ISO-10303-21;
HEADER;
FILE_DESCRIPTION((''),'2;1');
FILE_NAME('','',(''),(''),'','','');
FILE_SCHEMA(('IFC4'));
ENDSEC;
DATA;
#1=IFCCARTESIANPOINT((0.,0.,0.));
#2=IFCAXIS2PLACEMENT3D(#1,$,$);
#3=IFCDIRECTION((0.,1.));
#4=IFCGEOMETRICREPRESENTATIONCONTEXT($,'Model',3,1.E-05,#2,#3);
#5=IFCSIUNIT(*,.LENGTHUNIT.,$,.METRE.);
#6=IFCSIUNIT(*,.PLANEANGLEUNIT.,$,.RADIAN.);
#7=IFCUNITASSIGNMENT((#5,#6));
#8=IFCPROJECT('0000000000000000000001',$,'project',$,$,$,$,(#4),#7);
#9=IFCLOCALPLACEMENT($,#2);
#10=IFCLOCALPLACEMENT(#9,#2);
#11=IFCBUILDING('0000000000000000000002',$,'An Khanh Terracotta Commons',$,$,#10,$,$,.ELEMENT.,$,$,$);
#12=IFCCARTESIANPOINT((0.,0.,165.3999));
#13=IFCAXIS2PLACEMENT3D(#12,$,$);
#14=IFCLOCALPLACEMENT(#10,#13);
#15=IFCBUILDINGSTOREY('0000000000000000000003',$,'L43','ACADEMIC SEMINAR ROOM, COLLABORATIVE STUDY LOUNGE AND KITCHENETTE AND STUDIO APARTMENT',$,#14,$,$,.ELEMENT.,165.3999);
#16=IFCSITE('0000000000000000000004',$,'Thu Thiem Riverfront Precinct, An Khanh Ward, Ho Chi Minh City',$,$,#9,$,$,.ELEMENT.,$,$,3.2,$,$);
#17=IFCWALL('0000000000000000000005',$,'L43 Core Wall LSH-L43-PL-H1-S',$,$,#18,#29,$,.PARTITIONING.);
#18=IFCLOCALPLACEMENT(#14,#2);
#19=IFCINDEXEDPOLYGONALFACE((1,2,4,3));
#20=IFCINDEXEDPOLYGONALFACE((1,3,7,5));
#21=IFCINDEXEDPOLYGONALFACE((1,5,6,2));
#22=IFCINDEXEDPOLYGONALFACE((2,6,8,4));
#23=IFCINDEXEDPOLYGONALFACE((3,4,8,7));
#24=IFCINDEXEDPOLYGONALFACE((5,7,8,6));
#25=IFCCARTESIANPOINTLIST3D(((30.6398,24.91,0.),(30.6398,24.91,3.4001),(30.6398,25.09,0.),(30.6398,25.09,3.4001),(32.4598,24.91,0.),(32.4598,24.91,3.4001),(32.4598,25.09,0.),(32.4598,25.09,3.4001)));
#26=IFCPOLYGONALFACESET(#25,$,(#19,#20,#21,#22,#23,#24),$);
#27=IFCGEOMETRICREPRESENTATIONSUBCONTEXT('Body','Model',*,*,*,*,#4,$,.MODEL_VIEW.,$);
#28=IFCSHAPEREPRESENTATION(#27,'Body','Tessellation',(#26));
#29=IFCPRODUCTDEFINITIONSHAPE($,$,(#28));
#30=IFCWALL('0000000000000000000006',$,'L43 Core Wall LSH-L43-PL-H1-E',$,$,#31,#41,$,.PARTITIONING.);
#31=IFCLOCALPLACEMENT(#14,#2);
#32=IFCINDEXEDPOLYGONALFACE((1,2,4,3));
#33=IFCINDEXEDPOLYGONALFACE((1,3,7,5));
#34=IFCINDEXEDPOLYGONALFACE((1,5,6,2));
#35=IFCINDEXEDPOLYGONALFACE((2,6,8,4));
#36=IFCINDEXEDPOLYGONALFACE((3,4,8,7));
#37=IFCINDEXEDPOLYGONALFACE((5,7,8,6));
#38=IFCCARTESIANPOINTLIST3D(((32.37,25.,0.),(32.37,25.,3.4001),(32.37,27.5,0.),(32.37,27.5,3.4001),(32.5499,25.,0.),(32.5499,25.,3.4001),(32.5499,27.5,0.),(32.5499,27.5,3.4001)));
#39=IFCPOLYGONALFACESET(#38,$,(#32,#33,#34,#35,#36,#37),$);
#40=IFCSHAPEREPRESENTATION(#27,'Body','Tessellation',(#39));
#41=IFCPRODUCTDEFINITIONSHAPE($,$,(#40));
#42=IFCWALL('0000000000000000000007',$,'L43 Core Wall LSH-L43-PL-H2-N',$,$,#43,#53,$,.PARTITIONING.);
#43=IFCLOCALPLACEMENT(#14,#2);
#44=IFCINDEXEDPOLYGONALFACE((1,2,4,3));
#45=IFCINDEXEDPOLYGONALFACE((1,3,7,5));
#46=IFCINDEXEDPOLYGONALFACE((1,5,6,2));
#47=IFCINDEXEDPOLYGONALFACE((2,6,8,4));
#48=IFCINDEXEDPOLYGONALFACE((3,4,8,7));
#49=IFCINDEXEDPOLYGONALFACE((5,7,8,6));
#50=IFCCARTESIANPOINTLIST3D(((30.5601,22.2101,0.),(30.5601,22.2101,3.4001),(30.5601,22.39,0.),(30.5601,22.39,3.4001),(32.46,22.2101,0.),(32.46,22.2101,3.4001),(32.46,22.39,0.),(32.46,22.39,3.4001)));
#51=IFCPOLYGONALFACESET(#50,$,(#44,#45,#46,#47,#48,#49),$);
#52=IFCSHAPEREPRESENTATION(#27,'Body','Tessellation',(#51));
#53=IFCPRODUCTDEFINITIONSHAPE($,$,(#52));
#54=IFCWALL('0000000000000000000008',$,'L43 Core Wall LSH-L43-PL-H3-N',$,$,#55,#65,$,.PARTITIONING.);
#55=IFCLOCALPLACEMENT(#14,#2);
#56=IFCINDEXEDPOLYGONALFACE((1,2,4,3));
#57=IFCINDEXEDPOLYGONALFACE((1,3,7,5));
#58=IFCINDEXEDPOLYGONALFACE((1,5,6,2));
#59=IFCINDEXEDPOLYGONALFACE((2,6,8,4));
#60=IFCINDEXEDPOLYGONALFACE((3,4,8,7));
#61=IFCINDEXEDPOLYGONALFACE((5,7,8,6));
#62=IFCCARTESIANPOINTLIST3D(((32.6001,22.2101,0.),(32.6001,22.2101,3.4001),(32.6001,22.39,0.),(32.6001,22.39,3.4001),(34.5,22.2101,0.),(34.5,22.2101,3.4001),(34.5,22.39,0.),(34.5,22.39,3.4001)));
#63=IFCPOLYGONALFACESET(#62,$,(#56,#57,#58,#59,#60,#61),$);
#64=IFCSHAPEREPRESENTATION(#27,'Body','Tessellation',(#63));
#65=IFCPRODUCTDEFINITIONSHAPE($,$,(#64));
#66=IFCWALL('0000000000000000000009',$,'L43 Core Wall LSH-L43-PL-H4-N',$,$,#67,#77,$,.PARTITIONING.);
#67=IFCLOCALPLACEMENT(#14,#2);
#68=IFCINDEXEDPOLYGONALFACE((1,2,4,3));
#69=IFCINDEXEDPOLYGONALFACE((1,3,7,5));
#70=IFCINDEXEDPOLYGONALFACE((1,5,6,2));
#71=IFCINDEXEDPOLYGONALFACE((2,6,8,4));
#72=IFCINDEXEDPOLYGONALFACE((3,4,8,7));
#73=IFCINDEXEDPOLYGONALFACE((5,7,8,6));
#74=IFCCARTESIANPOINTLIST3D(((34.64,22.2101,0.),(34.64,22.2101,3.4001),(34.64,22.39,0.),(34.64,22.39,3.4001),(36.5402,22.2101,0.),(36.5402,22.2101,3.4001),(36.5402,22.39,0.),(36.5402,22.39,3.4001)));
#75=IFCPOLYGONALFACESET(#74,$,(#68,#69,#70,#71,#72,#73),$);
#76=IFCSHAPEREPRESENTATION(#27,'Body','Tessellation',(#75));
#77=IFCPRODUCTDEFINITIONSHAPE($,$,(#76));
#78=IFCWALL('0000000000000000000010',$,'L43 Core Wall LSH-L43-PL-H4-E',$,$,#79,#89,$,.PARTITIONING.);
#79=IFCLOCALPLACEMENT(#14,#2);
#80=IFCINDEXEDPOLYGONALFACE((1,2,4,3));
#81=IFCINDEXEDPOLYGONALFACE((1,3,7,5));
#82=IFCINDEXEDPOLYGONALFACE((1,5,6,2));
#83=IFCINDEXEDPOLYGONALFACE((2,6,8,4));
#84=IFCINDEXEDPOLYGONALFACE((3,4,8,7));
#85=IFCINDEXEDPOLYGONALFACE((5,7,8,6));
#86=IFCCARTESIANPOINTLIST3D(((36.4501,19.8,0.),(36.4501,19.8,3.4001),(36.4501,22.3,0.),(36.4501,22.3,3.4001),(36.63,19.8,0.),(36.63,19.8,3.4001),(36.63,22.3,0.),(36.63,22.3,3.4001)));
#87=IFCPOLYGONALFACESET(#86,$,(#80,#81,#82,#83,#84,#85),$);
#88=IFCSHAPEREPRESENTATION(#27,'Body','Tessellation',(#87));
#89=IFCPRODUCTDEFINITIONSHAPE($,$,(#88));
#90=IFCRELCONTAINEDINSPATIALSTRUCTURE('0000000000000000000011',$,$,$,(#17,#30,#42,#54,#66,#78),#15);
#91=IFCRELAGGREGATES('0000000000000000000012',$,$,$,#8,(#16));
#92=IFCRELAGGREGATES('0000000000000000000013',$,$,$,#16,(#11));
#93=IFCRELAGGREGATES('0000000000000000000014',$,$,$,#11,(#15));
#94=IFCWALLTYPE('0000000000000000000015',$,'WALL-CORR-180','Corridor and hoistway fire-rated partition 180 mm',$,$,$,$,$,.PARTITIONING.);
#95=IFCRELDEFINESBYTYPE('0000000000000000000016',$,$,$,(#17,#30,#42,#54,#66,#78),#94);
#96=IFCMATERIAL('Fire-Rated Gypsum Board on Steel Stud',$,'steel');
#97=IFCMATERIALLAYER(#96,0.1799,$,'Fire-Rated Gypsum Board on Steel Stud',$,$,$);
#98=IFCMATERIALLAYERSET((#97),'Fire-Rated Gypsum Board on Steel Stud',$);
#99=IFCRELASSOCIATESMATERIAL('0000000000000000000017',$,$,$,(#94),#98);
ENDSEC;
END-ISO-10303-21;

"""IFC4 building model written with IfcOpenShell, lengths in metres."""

from ifc_helpers import new_model, si_unit, direction, frame, frame_2d, origin, place, context, subcontext, project, spatial, rectangle, extrude, material, layer, layer_set, type_object, element, save


model = new_model("IFC4")

# Units and contexts
model_context = context("Model", 3, precision=1e-05, world=origin(), true_north=direction((0.0, 1.0)))
body_context = subcontext(model_context, "Body", "Model", "MODEL_VIEW")
ifc_project = project(units=[si_unit("LENGTHUNIT", "METRE"), si_unit("PLANEANGLEUNIT", "RADIAN")], contexts=[model_context])

# Site, building, storey
site_placement = place(None, origin())
site = spatial("IfcSite", under=ifc_project, at=site_placement, Name="Thu Thiem Riverfront Precinct, An Khanh Ward, Ho Chi Minh City", CompositionType="ELEMENT", RefElevation=3.2)
building_placement = place(site_placement, origin())
building = spatial("IfcBuilding", under=site, at=building_placement, Name="An Khanh Terracotta Commons", CompositionType="ELEMENT")
storey_placement = place(building_placement, frame((0.0, 0.0, 165.3999)))
storey = spatial("IfcBuildingStorey", under=building, at=storey_placement, Name="L43", Description="ACADEMIC SEMINAR ROOM, COLLABORATIVE STUDY LOUNGE AND KITCHENETTE AND STUDIO APARTMENT", CompositionType="ELEMENT", Elevation=165.3999)

# Shared definitions
ifc_material_1 = material(Name="Fire-Rated Gypsum Board on Steel Stud", Category="steel")
ifc_layer = layer(ifc_material_1, 0.1799, Name="Fire-Rated Gypsum Board on Steel Stud")
ifc_layer_set = layer_set([ifc_layer], Name="Fire-Rated Gypsum Board on Steel Stud")
wall_type = type_object("IfcWallType", Name="WALL-CORR-180", Description="Corridor and hoistway fire-rated partition 180 mm", PredefinedType="PARTITIONING", material=ifc_layer_set)

# Walls
wall_1_placement = place(storey_placement, frame((32.46, 25.0, 0.0), z_axis=(0.0, 0.0, 1.0), x_axis=(-1.0, 0.0, 0.0)))
element("IfcWall", 1, at=wall_1_placement, inside=storey, type_object=wall_type, Name="L43 Core Wall LSH-L43-PL-H1-S", PredefinedType="PARTITIONING", context=body_context, shape_type="SweptSolid", body=[
    extrude(rectangle(XDim=1.8201, YDim=0.1799, at=frame_2d((0.9102, 0.0))), origin(), (0.0, 0.0, 1.0), 3.4001),
])
wall_2_placement = place(storey_placement, frame((32.46, 25.0, 0.0), z_axis=(0.0, 0.0, 1.0), x_axis=(0.0, 1.0, 0.0)))
element("IfcWall", 2, at=wall_2_placement, inside=storey, type_object=wall_type, Name="L43 Core Wall LSH-L43-PL-H1-E", PredefinedType="PARTITIONING", context=body_context, shape_type="SweptSolid", body=[
    extrude(rectangle(XDim=2.5, YDim=0.1799, at=frame_2d((1.25, 0.0))), origin(), (0.0, 0.0, 1.0), 3.4001),
])
for number, where, z_axis, x_axis, name in (
    (3, (30.5601, 22.3, 0.0), (0.0, 0.0, 1.0), (1.0, 0.0, 0.0), "L43 Core Wall LSH-L43-PL-H2-N"),
    (4, (32.6001, 22.3, 0.0), (0.0, 0.0, 1.0), (1.0, 0.0, 0.0), "L43 Core Wall LSH-L43-PL-H3-N"),
):
    element("IfcWall", number, at=place(storey_placement, frame(where, z_axis=z_axis, x_axis=x_axis)), inside=storey, type_object=wall_type, Name=name, PredefinedType="PARTITIONING", context=body_context, shape_type="SweptSolid", body=[
        extrude(rectangle(XDim=1.8999, YDim=0.1799, at=frame_2d((0.95, 0.0))), origin(), (0.0, 0.0, 1.0), 3.4001),
    ])
wall_3_placement = place(storey_placement, frame((34.6399, 22.3, 0.0), z_axis=(0.0, 0.0, 1.0), x_axis=(1.0, 0.0, 0.0)))
element("IfcWall", 5, at=wall_3_placement, inside=storey, type_object=wall_type, Name="L43 Core Wall LSH-L43-PL-H4-N", PredefinedType="PARTITIONING", context=body_context, shape_type="SweptSolid", body=[
    extrude(rectangle(XDim=1.9001, YDim=0.1799, at=frame_2d((0.9502, 0.0))), origin(), (0.0, 0.0, 1.0), 3.4001),
])
wall_4_placement = place(storey_placement, frame((36.54, 19.8, 0.0), z_axis=(0.0, 0.0, 1.0), x_axis=(0.0, 1.0, 0.0)))
element("IfcWall", 6, at=wall_4_placement, inside=storey, type_object=wall_type, Name="L43 Core Wall LSH-L43-PL-H4-E", PredefinedType="PARTITIONING", context=body_context, shape_type="SweptSolid", body=[
    extrude(rectangle(XDim=2.5, YDim=0.1799, at=frame_2d((1.25, 0.0))), origin(), (0.0, 0.0, 1.0), 3.4001),
])

save(model, "model.ifc")
